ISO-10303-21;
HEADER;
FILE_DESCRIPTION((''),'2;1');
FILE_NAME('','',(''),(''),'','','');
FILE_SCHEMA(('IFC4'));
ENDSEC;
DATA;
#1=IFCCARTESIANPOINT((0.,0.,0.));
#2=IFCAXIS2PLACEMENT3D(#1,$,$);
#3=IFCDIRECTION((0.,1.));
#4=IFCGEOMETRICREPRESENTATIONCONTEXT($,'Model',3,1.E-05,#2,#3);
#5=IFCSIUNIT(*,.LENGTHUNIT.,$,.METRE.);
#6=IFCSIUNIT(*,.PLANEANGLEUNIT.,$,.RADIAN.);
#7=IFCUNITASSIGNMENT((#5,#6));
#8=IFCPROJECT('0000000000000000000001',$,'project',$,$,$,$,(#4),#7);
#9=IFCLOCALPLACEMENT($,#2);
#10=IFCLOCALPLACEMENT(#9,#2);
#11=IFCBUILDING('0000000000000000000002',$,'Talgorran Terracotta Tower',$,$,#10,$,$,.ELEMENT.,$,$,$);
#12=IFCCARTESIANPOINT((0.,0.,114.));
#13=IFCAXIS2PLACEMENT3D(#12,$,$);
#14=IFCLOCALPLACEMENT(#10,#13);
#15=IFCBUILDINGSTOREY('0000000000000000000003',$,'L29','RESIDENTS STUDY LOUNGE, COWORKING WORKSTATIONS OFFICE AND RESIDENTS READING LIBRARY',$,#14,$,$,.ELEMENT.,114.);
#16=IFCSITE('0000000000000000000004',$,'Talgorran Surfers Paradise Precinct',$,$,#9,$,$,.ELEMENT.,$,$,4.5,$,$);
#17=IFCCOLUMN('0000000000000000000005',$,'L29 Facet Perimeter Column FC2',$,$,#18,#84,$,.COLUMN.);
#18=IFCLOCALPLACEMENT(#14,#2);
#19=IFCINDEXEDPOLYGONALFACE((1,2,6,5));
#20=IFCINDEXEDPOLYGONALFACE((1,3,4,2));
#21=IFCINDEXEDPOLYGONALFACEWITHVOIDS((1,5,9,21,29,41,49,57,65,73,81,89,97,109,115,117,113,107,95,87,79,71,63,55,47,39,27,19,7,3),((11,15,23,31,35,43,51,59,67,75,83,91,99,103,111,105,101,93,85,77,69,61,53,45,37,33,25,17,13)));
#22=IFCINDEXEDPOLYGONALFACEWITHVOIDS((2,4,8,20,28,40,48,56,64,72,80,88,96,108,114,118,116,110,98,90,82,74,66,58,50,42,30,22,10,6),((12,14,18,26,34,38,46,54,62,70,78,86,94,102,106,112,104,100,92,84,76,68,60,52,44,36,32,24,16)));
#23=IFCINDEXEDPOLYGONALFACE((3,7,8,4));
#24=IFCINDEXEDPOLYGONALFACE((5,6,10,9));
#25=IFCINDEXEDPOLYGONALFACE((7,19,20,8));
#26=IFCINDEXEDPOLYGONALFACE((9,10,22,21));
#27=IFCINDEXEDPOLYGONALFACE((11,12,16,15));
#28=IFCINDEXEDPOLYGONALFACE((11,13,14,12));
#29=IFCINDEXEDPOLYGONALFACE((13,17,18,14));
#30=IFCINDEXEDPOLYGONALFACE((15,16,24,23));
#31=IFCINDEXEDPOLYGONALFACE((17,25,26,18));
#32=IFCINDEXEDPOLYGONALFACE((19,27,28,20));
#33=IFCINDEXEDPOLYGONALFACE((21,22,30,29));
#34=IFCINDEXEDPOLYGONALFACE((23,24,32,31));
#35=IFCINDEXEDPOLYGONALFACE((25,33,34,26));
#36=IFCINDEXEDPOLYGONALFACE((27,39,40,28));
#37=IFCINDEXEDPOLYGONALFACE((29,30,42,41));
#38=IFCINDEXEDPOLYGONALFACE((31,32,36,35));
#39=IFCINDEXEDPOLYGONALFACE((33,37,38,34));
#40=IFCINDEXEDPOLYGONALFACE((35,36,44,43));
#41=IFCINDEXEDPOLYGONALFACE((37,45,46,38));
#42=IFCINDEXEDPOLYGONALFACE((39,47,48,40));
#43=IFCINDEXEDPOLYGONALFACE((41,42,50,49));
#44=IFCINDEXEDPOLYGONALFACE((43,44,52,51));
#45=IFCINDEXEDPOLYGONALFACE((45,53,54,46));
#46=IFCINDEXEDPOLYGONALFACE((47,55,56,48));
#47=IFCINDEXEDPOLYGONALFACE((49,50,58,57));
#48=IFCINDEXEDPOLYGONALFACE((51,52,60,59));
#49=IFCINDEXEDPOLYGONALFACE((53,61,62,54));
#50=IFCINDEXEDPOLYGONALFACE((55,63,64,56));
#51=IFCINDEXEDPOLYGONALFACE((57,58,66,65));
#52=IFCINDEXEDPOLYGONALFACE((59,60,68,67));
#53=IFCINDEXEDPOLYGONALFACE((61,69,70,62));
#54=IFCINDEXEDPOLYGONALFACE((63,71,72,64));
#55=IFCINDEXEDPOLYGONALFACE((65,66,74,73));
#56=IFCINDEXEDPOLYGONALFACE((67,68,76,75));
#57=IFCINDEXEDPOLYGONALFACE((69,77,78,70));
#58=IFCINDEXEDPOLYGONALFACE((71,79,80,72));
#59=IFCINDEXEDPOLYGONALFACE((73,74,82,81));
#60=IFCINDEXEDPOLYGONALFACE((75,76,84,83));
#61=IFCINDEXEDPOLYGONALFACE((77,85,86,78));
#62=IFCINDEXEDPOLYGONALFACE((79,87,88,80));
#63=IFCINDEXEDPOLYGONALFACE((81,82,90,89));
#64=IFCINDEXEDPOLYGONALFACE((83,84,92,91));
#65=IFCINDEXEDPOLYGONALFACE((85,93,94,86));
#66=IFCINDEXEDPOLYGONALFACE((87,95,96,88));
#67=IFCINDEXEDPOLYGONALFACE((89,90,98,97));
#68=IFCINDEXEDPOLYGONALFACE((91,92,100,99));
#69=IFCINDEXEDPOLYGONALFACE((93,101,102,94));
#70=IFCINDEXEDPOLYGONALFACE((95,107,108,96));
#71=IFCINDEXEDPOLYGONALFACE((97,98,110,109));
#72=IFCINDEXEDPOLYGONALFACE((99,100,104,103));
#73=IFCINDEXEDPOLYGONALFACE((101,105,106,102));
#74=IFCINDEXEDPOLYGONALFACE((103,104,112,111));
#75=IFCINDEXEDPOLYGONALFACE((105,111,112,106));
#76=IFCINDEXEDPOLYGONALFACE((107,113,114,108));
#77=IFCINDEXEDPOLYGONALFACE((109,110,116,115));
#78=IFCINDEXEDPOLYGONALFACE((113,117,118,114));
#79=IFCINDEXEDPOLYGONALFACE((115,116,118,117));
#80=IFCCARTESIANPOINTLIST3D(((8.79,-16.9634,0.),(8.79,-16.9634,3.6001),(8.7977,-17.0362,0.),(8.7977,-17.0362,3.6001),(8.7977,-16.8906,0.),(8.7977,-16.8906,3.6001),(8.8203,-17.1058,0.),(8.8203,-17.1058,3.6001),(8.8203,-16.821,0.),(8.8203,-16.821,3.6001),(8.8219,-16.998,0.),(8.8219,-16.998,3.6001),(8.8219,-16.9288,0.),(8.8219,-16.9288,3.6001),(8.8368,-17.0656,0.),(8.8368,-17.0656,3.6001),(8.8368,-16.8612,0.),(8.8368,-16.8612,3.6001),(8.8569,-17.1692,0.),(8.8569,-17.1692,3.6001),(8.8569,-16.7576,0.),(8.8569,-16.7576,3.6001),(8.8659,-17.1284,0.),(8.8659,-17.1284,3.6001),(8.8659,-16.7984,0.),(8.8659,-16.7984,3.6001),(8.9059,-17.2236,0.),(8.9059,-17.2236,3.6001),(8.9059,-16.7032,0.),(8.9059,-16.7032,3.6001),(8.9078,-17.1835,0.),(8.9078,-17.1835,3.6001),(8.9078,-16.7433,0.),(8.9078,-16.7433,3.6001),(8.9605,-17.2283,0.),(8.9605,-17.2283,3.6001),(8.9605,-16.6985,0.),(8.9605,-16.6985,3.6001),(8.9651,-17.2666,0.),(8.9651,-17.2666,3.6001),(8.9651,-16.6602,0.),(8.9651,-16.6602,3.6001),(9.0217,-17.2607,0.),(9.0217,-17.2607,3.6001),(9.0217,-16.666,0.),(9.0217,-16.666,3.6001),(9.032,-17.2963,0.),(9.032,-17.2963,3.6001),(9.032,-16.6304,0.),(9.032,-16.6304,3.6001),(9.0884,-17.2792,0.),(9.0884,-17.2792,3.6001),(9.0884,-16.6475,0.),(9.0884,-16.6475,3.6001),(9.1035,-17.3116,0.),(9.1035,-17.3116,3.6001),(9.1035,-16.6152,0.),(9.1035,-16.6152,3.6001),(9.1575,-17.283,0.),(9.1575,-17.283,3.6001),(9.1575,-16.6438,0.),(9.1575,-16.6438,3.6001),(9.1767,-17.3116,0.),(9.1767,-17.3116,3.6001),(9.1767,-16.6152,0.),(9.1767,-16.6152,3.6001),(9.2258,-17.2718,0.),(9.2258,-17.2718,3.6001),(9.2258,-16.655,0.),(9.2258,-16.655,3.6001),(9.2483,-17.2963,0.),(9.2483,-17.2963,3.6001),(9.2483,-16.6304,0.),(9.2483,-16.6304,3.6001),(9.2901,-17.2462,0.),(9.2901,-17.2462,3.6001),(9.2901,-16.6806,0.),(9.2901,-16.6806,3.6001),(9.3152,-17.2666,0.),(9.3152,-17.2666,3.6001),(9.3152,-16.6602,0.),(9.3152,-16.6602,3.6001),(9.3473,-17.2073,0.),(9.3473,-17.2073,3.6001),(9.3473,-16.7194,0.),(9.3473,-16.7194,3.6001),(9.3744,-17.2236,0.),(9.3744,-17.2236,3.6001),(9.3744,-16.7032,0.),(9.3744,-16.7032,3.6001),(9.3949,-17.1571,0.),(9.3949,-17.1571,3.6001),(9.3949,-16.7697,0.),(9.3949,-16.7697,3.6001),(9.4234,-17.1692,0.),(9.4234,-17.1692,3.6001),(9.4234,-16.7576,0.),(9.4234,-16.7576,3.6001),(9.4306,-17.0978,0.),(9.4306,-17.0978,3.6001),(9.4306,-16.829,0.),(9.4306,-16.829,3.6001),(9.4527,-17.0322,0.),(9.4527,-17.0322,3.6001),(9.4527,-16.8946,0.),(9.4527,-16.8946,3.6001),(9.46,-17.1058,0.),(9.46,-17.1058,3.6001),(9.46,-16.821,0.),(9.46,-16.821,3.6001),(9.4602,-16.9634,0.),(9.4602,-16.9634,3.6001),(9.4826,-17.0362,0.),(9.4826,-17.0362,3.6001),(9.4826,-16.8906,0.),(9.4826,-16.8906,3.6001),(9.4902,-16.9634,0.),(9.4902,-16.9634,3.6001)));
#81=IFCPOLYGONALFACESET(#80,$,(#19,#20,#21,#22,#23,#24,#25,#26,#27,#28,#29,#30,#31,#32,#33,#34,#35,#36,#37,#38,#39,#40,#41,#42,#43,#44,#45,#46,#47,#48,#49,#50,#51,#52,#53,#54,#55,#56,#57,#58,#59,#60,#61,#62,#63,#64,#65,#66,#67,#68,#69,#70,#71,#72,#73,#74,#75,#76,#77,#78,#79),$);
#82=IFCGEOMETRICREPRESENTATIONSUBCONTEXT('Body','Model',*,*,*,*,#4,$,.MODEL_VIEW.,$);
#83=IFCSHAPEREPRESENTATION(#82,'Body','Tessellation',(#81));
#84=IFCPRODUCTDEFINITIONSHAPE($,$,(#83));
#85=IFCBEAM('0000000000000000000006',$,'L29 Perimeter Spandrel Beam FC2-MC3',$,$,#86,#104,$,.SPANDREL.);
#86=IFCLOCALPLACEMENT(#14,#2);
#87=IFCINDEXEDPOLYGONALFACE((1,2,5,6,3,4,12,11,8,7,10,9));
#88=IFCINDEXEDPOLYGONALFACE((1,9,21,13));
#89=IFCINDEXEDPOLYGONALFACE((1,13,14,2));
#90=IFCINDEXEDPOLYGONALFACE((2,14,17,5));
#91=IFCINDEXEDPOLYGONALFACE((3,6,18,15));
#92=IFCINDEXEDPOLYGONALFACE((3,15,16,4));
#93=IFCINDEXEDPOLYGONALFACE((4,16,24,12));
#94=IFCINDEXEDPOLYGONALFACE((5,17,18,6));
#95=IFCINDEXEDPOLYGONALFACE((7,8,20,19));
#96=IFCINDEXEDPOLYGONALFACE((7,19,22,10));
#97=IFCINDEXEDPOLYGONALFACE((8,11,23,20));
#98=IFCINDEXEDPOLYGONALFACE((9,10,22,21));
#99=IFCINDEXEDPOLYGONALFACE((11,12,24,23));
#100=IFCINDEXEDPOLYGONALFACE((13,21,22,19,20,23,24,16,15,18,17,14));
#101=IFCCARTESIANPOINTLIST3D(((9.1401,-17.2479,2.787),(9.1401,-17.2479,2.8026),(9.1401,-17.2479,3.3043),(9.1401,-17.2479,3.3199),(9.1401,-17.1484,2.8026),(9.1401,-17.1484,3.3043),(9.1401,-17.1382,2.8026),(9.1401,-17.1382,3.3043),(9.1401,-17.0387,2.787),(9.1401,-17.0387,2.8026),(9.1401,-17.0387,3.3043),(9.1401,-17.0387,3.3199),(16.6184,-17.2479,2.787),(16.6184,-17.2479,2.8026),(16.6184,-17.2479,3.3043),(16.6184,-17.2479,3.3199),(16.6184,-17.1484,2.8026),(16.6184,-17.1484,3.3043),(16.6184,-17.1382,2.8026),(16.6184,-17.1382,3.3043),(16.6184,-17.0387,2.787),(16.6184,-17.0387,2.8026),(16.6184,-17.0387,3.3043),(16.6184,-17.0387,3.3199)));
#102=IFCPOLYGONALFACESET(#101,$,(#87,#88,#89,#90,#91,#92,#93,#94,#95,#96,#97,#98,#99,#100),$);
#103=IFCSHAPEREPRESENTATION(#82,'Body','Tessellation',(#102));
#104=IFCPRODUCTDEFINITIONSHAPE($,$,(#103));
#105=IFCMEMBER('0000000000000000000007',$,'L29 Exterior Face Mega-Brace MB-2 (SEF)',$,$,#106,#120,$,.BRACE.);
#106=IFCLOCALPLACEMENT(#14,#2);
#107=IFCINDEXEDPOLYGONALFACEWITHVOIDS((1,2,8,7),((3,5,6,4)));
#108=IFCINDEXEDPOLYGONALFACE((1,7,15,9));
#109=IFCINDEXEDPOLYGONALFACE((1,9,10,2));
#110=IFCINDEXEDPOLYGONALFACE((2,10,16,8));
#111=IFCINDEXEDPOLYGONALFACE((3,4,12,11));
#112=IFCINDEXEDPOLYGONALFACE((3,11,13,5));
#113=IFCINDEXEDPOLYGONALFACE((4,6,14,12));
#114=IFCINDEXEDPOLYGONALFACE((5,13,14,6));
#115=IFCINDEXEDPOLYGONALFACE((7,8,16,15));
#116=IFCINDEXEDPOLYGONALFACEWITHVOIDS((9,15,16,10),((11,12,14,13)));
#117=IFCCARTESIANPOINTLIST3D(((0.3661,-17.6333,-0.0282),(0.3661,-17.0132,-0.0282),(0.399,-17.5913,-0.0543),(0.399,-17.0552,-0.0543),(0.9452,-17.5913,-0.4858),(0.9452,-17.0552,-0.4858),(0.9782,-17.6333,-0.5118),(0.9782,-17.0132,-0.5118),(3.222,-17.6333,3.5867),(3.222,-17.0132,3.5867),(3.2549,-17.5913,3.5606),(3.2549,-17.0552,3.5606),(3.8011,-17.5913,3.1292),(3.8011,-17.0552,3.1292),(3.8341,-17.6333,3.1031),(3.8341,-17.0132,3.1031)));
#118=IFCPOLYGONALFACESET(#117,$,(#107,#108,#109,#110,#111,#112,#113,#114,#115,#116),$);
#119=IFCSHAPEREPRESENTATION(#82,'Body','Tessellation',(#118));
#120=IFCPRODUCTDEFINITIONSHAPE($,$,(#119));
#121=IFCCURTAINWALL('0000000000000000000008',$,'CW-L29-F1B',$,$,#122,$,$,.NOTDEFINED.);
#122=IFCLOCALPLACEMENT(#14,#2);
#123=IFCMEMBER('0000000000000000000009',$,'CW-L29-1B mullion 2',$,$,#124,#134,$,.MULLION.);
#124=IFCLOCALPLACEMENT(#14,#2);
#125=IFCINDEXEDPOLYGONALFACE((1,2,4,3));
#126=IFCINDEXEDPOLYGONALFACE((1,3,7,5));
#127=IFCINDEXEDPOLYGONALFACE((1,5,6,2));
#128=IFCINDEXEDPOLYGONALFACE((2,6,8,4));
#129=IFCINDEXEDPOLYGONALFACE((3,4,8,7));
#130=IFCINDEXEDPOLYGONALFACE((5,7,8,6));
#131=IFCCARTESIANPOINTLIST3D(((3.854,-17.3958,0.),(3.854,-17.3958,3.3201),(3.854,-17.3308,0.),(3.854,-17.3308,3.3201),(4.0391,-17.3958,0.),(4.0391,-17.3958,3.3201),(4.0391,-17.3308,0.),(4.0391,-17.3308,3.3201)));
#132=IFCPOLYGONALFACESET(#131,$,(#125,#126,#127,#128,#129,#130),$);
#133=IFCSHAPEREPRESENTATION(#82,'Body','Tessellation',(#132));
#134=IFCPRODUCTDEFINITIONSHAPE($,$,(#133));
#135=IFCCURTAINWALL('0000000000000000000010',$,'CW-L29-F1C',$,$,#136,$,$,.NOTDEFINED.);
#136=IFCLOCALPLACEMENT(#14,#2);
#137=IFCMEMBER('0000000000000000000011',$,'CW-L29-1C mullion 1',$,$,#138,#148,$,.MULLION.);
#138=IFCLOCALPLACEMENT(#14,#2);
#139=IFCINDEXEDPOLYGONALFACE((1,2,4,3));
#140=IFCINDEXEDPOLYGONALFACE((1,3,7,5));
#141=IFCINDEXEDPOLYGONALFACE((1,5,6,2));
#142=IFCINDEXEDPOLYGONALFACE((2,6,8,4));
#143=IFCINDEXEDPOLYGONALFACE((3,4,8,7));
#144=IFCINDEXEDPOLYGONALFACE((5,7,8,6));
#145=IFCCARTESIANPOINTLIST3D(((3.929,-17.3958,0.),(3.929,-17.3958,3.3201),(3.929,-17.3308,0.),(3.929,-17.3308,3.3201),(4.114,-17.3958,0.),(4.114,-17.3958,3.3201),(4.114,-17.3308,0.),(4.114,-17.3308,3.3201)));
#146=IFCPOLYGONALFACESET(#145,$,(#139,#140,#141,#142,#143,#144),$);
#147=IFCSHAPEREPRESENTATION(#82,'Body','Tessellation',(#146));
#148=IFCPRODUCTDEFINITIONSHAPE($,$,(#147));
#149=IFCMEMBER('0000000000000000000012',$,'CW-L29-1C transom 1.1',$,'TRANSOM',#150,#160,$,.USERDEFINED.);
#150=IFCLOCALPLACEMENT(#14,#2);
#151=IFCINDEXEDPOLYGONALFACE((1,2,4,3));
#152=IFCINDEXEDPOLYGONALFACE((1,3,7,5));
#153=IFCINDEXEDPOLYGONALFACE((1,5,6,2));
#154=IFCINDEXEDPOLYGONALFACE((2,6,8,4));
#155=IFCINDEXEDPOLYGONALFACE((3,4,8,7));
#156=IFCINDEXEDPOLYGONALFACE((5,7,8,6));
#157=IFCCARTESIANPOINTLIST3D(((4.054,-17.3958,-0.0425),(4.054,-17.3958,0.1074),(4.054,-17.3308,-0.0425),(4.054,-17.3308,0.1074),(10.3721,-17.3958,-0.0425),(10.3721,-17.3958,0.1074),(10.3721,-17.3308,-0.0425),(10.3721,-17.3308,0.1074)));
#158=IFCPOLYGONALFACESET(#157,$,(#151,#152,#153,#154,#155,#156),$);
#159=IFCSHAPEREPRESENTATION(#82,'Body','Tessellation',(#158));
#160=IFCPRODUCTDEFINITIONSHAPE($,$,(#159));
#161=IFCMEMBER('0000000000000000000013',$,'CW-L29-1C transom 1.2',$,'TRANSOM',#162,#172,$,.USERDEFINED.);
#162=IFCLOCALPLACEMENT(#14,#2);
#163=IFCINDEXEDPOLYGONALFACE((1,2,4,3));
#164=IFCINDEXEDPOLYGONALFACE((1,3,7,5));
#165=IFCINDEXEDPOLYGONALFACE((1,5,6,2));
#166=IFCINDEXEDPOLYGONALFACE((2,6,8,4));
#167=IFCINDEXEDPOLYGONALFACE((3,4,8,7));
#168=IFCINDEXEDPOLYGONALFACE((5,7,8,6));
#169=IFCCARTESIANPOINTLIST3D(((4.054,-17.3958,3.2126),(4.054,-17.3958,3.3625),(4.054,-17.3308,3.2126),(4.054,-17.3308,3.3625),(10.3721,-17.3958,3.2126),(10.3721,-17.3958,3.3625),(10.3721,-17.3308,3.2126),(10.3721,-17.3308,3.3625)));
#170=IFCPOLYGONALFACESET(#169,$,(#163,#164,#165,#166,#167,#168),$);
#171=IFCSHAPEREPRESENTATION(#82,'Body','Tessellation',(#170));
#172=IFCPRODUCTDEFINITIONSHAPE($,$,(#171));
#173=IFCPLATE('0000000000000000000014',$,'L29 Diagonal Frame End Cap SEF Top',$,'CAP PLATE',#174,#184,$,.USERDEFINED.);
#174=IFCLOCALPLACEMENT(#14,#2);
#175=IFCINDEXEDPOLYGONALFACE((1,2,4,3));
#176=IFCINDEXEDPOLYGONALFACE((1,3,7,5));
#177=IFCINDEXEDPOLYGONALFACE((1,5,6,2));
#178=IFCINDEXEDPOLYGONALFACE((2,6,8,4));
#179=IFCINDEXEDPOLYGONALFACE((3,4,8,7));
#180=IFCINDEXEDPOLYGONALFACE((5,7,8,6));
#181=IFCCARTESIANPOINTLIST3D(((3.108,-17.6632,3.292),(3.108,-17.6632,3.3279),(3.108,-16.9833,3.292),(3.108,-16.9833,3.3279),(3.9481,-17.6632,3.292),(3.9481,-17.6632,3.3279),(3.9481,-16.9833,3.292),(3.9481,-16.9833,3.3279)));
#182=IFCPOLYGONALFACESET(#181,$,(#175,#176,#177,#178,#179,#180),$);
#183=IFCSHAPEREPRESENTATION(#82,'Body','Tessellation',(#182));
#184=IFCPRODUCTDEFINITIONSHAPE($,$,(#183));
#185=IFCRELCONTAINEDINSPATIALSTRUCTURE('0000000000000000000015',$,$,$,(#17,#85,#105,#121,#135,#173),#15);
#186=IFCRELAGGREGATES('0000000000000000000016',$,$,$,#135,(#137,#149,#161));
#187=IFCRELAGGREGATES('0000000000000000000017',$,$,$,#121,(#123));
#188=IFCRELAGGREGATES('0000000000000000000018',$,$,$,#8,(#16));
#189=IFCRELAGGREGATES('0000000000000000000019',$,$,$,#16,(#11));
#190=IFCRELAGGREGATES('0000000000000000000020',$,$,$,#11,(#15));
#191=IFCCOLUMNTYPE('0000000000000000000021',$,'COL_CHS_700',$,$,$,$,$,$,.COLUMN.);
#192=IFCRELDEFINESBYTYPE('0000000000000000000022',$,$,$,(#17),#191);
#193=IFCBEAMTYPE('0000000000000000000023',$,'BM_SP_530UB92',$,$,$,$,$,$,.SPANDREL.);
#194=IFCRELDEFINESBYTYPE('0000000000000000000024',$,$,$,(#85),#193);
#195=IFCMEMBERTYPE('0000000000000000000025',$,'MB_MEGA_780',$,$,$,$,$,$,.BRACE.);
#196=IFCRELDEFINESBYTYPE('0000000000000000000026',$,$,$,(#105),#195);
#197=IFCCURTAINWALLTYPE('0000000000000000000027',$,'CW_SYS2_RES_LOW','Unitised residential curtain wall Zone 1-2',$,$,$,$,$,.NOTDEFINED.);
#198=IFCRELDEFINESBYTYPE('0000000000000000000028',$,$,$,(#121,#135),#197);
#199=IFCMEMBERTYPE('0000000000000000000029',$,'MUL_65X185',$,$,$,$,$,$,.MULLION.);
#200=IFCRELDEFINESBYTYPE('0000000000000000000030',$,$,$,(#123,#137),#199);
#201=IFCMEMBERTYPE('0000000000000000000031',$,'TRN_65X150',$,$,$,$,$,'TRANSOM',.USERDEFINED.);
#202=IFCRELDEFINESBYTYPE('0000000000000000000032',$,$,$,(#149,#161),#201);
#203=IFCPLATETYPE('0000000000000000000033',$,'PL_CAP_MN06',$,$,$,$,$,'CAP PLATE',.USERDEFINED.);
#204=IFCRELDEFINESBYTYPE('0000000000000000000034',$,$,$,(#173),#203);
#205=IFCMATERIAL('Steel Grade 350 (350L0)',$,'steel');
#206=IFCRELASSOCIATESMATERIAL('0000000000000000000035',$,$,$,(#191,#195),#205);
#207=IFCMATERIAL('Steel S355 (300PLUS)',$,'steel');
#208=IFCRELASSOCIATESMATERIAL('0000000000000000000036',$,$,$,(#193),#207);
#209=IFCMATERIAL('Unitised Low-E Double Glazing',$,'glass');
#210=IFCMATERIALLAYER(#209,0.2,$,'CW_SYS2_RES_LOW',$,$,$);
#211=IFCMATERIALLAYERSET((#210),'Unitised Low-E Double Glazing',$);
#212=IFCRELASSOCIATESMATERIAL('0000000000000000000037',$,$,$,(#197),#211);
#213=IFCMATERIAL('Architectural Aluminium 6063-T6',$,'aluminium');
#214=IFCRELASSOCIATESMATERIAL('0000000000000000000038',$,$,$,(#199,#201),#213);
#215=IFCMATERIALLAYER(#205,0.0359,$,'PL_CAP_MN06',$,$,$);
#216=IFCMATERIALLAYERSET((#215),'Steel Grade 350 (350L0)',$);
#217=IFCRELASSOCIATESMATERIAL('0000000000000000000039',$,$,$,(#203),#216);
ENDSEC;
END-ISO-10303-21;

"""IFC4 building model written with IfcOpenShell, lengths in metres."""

from ifc_helpers import new_model, si_unit, direction, frame, origin, origin_2d, place, context, subcontext, project, spatial, rectangle, hollow_rectangle, hollow_circle, i_section, extrude, material, layer, layer_set, material_profile, profile_set, type_object, element, aggregate, save


model = new_model("IFC4")

# Units and contexts
model_context = context("Model", 3, precision=1e-05, world=origin(), true_north=direction((0.0, 1.0)))
body_context = subcontext(model_context, "Body", "Model", "MODEL_VIEW")
ifc_project = project(units=[si_unit("LENGTHUNIT", "METRE"), si_unit("PLANEANGLEUNIT", "RADIAN")], contexts=[model_context])

# Site, building, storey
site_placement = place(None, origin())
site = spatial("IfcSite", under=ifc_project, at=site_placement, Name="Talgorran Surfers Paradise Precinct", CompositionType="ELEMENT", RefElevation=4.5)
building_placement = place(site_placement, origin())
building = spatial("IfcBuilding", under=site, at=building_placement, Name="Talgorran Terracotta Tower", CompositionType="ELEMENT")
storey_placement = place(building_placement, frame((0.0, 0.0, 114.0)))
storey = spatial("IfcBuildingStorey", under=building, at=storey_placement, Name="L29", Description="RESIDENTS STUDY LOUNGE, COWORKING WORKSTATIONS OFFICE AND RESIDENTS READING LIBRARY", CompositionType="ELEMENT", Elevation=114.0)

# Column
ifc_material_1 = material(Name="Steel Grade 350 (350L0)", Category="steel")
ifc_material_profile_1 = material_profile(ifc_material_1, hollow_circle(Radius=0.3501, WallThickness=0.03, at=origin_2d()), Name="CHS700X30")
ifc_profile_set_1 = profile_set([ifc_material_profile_1], Name="Steel Grade 350 (350L0)")
column_type = type_object("IfcColumnType", Name="COL_CHS_700", PredefinedType="COLUMN", material=ifc_profile_set_1)
column_placement = place(storey_placement, frame((9.1401, -16.9634, 0.0), z_axis=(0.0, 0.0, 1.0), x_axis=(1.0, 0.0, 0.0)))
element("IfcColumn", 1, at=column_placement, inside=storey, type_object=column_type, Name="L29 Facet Perimeter Column FC2", PredefinedType="COLUMN", context=body_context, shape_type="SweptSolid", body=[
    extrude(hollow_circle(Radius=0.3501, WallThickness=0.03, at=origin_2d()), origin(), (0.0, 0.0, 1.0), 3.6001),
])

# Beam
ifc_material_2 = material(Name="Steel S355 (300PLUS)", Category="steel")
ifc_material_profile_2 = material_profile(ifc_material_2, i_section(OverallWidth=0.2092, OverallDepth=0.533, WebThickness=0.0103, FlangeThickness=0.0156, at=origin_2d()), Name="530UB92.4")
ifc_profile_set_2 = profile_set([ifc_material_profile_2], Name="Steel S355 (300PLUS)")
beam_type = type_object("IfcBeamType", Name="BM_SP_530UB92", PredefinedType="SPANDREL", material=ifc_profile_set_2)
beam_placement = place(storey_placement, frame((9.1401, -17.1433, 3.0535), z_axis=(1.0, 0.0, 0.0), x_axis=(0.0, 1.0, 0.0)))
element("IfcBeam", 2, at=beam_placement, inside=storey, type_object=beam_type, Name="L29 Perimeter Spandrel Beam FC2-MC3", PredefinedType="SPANDREL", context=body_context, shape_type="SweptSolid", body=[
    extrude(i_section(OverallWidth=0.2092, OverallDepth=0.533, WebThickness=0.0103, FlangeThickness=0.0156, at=origin_2d()), origin(), (0.0, 0.0, 1.0), 7.4783),
])

# Member
ifc_material_profile_3 = material_profile(ifc_material_1, hollow_rectangle(XDim=0.6201, YDim=0.78, WallThickness=0.042, at=origin_2d()), Name="WBOX780X620X42")
ifc_profile_set_3 = profile_set([ifc_material_profile_3], Name="Steel Grade 350 (350L0)")
member_type_1 = type_object("IfcMemberType", Name="MB_MEGA_780", PredefinedType="BRACE", material=ifc_profile_set_3)
member_1_placement = place(storey_placement, frame((0.6721, -17.3232, -0.27), z_axis=(0.619914, 0.0, 0.78467), x_axis=(0.0, 1.0, 0.0)))
element("IfcMember", 3, at=member_1_placement, inside=storey, type_object=member_type_1, Name="L29 Exterior Face Mega-Brace MB-2 (SEF)", PredefinedType="BRACE", context=body_context, shape_type="SweptSolid", body=[
    extrude(hollow_rectangle(XDim=0.6201, YDim=0.78, WallThickness=0.042, at=origin_2d()), origin(), (0.0, 0.0, 1.0), 4.6069),
])

# Curtain wall, member
ifc_material_3 = material(Name="Unitised Low-E Double Glazing", Category="glass")
ifc_layer_1 = layer(ifc_material_3, 0.2, Name="CW_SYS2_RES_LOW")
ifc_layer_set_1 = layer_set([ifc_layer_1], Name="Unitised Low-E Double Glazing")
curtain_wall_type = type_object("IfcCurtainWallType", Name="CW_SYS2_RES_LOW", Description="Unitised residential curtain wall Zone 1-2", PredefinedType="NOTDEFINED", material=ifc_layer_set_1)
curtain_wall_1_placement = place(storey_placement, origin())
curtain_wall_1 = element("IfcCurtainWall", 4, at=curtain_wall_1_placement, inside=storey, type_object=curtain_wall_type, Name="CW-L29-F1B", PredefinedType="NOTDEFINED")
ifc_material_4 = material(Name="Architectural Aluminium 6063-T6", Category="aluminium")
ifc_material_profile_4 = material_profile(ifc_material_4, rectangle(XDim=0.0649, YDim=0.1851, at=origin_2d()), Name="CWM65X185")
ifc_profile_set_4 = profile_set([ifc_material_profile_4], Name="Architectural Aluminium 6063-T6")
member_type_2 = type_object("IfcMemberType", Name="MUL_65X185", PredefinedType="MULLION", material=ifc_profile_set_4)
member_2_placement = place(storey_placement, frame((3.9465, -17.3633, 0.0), z_axis=(0.0, 0.0, 1.0), x_axis=(0.0, 1.0, 0.0)))
member_2 = element("IfcMember", 5, at=member_2_placement, type_object=member_type_2, Name="CW-L29-1B mullion 2", PredefinedType="MULLION", context=body_context, shape_type="SweptSolid", body=[
    extrude(rectangle(XDim=0.0649, YDim=0.1851, at=origin_2d()), origin(), (0.0, 0.0, 1.0), 3.3201),
])

# Curtain wall, members
curtain_wall_2_placement = place(storey_placement, origin())
curtain_wall_2 = element("IfcCurtainWall", 6, at=curtain_wall_2_placement, inside=storey, type_object=curtain_wall_type, Name="CW-L29-F1C", PredefinedType="NOTDEFINED")
member_3_placement = place(storey_placement, frame((4.0215, -17.3633, 0.0), z_axis=(0.0, 0.0, 1.0), x_axis=(0.0, 1.0, 0.0)))
member_3 = element("IfcMember", 7, at=member_3_placement, type_object=member_type_2, Name="CW-L29-1C mullion 1", PredefinedType="MULLION", context=body_context, shape_type="SweptSolid", body=[
    extrude(rectangle(XDim=0.0649, YDim=0.1851, at=origin_2d()), origin(), (0.0, 0.0, 1.0), 3.3201),
])
ifc_material_profile_5 = material_profile(ifc_material_4, rectangle(XDim=0.0649, YDim=0.1499, at=origin_2d()), Name="CWT65X150")
ifc_profile_set_5 = profile_set([ifc_material_profile_5], Name="Architectural Aluminium 6063-T6")
member_type_3 = type_object("IfcMemberType", Name="TRN_65X150", ElementType="TRANSOM", PredefinedType="USERDEFINED", material=ifc_profile_set_5)
member_4_placement = place(storey_placement, frame((4.054, -17.3633, 0.0325), z_axis=(1.0, 0.0, 0.0), x_axis=(0.0, 1.0, 0.0)))
member_4 = element("IfcMember", 8, at=member_4_placement, type_object=member_type_3, Name="CW-L29-1C transom 1.1", ObjectType="TRANSOM", PredefinedType="USERDEFINED", context=body_context, shape_type="SweptSolid", body=[
    extrude(rectangle(XDim=0.0649, YDim=0.1499, at=origin_2d()), origin(), (0.0, 0.0, 1.0), 6.3181),
])
member_5_placement = place(storey_placement, frame((4.054, -17.3633, 3.2876), z_axis=(1.0, 0.0, 0.0), x_axis=(0.0, 1.0, 0.0)))
member_5 = element("IfcMember", 9, at=member_5_placement, type_object=member_type_3, Name="CW-L29-1C transom 1.2", ObjectType="TRANSOM", PredefinedType="USERDEFINED", context=body_context, shape_type="SweptSolid", body=[
    extrude(rectangle(XDim=0.0649, YDim=0.1499, at=origin_2d()), origin(), (0.0, 0.0, 1.0), 6.3181),
])

# Plate
ifc_layer_2 = layer(ifc_material_1, 0.0359, Name="PL_CAP_MN06")
ifc_layer_set_2 = layer_set([ifc_layer_2], Name="Steel Grade 350 (350L0)")
plate_type_1 = type_object("IfcPlateType", Name="PL_CAP_MN06", ElementType="CAP PLATE", PredefinedType="USERDEFINED", material=ifc_layer_set_2)
plate_1_placement = place(storey_placement, frame((3.5281, -17.3232, 3.292), z_axis=(0.0, 0.0, 1.0), x_axis=(1.0, 0.0, 0.0)))
element("IfcPlate", 10, at=plate_1_placement, inside=storey, type_object=plate_type_1, Name="L29 Diagonal Frame End Cap SEF Top", ObjectType="CAP PLATE", PredefinedType="USERDEFINED", context=body_context, shape_type="SweptSolid", body=[
    extrude(rectangle(XDim=0.8401, YDim=0.6799, at=origin_2d()), origin(), (0.0, 0.0, 1.0), 0.0359),
])

aggregate(curtain_wall_2, [member_3, member_4, member_5])
aggregate(curtain_wall_1, [member_2])

save(model, "model.ifc")
